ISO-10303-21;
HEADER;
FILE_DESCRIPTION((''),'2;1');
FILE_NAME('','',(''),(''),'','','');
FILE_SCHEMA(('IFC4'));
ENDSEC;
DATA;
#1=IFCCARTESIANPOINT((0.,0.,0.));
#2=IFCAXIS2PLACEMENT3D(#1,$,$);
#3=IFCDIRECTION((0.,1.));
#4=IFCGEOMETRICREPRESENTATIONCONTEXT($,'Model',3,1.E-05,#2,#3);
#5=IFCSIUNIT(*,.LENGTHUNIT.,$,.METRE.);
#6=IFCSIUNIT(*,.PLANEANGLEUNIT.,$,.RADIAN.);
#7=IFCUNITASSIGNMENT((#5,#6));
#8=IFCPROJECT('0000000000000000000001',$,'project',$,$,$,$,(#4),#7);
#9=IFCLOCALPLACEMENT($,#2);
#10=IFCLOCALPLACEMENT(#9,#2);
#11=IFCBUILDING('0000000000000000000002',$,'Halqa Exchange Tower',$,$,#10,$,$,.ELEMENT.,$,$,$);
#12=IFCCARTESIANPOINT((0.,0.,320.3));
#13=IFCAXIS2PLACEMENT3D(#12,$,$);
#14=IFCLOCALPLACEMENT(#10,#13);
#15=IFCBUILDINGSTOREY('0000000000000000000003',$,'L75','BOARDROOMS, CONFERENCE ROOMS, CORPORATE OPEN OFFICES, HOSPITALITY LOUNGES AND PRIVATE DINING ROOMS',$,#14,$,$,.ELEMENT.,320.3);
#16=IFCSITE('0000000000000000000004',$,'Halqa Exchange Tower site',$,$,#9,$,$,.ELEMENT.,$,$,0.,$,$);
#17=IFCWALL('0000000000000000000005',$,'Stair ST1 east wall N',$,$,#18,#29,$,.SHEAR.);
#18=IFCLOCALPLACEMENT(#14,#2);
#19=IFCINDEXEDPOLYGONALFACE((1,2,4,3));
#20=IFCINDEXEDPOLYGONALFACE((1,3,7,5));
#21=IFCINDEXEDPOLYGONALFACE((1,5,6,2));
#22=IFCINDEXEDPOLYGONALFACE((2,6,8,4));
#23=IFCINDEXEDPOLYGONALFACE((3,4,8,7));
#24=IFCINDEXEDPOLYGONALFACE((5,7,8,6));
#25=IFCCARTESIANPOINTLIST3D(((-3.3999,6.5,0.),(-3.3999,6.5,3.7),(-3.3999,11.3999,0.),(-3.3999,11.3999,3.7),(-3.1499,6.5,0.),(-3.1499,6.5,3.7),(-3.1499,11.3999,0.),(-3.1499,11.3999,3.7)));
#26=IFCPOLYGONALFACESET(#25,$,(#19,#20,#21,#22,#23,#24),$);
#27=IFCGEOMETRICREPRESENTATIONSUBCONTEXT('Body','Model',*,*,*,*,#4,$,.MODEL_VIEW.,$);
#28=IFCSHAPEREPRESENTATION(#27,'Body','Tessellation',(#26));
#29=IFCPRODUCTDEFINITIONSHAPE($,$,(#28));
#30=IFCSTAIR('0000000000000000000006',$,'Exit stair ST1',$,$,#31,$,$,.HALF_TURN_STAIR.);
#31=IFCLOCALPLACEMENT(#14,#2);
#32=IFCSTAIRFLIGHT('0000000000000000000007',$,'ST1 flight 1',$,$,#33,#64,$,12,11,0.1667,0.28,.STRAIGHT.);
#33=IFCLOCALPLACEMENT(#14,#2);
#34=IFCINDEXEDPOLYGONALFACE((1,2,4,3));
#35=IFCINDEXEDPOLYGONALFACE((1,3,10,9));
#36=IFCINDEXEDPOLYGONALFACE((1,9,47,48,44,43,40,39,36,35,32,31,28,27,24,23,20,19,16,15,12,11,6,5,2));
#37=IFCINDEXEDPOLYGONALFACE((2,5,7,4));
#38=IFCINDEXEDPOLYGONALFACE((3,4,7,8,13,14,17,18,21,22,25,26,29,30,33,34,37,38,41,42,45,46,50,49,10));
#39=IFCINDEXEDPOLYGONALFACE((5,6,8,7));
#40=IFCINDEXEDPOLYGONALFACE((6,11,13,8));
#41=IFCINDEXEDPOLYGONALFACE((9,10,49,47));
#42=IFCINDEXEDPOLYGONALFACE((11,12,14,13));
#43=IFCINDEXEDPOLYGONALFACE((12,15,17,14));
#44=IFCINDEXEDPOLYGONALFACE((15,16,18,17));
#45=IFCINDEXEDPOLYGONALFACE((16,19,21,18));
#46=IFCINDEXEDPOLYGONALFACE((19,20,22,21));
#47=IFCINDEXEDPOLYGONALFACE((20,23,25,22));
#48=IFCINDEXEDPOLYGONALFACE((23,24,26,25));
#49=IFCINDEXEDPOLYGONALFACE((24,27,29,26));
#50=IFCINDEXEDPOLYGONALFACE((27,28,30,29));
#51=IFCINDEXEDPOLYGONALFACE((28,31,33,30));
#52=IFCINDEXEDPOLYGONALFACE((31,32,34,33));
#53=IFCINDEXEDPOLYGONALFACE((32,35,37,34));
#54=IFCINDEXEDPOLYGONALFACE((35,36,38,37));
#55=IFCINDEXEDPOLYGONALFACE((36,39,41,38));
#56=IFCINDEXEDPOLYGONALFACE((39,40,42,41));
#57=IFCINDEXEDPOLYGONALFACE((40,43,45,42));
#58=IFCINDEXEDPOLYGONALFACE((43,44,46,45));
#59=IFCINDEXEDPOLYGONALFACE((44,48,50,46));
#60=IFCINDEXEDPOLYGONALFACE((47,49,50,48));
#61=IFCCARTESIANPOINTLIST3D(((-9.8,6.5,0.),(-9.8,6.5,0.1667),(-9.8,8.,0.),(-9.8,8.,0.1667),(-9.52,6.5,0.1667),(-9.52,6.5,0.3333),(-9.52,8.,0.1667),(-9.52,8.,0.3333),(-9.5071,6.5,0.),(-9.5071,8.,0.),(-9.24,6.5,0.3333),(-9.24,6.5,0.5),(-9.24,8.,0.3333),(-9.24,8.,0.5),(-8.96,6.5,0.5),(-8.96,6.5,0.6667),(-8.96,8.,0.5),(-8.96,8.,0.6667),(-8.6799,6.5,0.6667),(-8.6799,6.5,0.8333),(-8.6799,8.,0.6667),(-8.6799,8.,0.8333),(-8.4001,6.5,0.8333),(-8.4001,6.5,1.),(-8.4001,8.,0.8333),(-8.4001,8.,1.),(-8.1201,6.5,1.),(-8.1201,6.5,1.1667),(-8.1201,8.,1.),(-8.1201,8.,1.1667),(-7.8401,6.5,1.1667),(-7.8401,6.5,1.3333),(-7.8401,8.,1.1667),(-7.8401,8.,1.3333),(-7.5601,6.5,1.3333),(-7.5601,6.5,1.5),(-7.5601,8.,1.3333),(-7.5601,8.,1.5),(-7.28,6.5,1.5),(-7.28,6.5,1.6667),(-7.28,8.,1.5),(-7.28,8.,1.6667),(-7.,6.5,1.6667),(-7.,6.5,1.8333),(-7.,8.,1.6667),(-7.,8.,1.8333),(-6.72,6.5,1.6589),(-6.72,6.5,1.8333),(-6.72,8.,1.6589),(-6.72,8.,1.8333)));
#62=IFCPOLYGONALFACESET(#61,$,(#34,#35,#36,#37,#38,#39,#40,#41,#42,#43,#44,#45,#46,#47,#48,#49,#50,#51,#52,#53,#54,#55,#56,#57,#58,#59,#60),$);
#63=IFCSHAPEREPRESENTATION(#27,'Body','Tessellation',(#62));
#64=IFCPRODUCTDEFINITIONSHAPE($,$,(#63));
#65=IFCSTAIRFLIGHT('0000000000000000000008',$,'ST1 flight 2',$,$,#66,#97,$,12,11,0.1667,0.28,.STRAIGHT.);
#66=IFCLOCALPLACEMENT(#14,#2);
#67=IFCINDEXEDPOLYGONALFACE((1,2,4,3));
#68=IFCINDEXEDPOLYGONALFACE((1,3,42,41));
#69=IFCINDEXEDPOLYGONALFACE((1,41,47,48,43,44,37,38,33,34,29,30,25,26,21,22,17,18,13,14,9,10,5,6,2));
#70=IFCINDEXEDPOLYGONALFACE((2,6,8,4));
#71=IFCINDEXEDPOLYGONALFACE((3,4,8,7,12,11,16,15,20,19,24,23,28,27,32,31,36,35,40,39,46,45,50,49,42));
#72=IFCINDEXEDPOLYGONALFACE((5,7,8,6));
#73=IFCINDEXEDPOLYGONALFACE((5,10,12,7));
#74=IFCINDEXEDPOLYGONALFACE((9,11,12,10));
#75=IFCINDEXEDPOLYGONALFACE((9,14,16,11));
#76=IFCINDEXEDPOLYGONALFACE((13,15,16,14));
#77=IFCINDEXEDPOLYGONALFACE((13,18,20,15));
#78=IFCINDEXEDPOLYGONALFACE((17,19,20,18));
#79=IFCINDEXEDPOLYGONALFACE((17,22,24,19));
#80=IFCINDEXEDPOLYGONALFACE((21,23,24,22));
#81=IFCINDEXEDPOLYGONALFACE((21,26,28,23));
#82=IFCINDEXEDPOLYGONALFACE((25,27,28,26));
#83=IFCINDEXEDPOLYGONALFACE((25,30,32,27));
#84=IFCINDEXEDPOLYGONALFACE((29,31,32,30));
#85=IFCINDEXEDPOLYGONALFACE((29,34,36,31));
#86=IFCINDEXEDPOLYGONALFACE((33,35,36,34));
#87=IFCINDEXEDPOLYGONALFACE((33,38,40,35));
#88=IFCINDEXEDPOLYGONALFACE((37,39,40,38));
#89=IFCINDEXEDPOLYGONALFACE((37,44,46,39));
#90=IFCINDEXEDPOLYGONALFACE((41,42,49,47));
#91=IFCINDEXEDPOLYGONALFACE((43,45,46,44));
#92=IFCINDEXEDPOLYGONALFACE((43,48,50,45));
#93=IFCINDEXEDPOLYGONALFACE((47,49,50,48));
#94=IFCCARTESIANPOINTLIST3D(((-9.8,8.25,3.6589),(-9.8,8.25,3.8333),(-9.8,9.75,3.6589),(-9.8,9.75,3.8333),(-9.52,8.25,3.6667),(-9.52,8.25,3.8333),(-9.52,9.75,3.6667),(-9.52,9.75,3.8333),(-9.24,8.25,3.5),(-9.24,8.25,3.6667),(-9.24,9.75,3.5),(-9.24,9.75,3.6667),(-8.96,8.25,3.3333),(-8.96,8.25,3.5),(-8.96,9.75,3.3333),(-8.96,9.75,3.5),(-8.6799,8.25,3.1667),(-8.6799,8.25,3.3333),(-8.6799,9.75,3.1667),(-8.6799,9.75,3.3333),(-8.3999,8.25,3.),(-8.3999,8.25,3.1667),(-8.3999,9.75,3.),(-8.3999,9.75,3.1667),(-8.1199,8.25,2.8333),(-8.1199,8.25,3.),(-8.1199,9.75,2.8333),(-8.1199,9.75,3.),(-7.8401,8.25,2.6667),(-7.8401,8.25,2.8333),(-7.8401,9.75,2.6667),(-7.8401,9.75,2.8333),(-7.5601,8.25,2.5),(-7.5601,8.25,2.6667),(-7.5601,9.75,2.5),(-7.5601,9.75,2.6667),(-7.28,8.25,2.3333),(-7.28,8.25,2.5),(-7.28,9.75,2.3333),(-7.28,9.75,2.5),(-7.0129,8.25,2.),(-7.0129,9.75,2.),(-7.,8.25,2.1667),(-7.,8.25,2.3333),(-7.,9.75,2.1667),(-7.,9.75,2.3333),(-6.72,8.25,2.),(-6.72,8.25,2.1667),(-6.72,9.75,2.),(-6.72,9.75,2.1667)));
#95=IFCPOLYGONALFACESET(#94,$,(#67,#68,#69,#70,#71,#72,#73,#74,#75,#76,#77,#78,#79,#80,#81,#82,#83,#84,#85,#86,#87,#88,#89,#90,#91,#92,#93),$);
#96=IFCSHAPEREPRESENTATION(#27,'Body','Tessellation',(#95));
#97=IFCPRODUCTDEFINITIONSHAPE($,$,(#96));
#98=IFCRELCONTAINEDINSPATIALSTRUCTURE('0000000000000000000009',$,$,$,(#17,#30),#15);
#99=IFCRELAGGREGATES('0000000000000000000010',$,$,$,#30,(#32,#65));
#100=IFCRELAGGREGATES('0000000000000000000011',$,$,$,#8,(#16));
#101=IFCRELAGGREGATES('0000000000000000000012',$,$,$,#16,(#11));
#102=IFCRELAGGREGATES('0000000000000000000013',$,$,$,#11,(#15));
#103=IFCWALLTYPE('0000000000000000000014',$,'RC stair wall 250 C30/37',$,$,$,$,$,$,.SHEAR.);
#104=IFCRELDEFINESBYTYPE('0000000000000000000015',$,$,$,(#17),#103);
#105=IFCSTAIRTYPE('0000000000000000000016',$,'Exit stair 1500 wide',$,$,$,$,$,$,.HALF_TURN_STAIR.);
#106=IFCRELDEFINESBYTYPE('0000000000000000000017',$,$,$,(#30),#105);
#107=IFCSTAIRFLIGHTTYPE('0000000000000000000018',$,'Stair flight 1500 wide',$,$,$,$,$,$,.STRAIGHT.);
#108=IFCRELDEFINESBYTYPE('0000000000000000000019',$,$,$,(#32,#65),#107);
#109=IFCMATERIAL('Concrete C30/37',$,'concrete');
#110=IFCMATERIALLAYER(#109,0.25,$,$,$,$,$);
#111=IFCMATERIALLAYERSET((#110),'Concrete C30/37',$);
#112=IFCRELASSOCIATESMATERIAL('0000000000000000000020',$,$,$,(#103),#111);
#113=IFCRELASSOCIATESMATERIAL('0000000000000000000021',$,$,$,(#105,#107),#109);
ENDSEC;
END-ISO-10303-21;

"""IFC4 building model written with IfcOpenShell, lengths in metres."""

from ifc_helpers import new_model, si_unit, direction, frame, frame_2d, origin, place, context, subcontext, project, spatial, polyline, rectangle, outline, extrude, material, layer, layer_set, type_object, element, aggregate, save


model = new_model("IFC4")

# Units and contexts
model_context = context("Model", 3, precision=1e-05, world=origin(), true_north=direction((0.0, 1.0)))
body_context = subcontext(model_context, "Body", "Model", "MODEL_VIEW")
ifc_project = project(units=[si_unit("LENGTHUNIT", "METRE"), si_unit("PLANEANGLEUNIT", "RADIAN")], contexts=[model_context])

# Site, building, storey
site_placement = place(None, origin())
site = spatial("IfcSite", under=ifc_project, at=site_placement, Name="Halqa Exchange Tower site", CompositionType="ELEMENT", RefElevation=0.0)
building_placement = place(site_placement, origin())
building = spatial("IfcBuilding", under=site, at=building_placement, Name="Halqa Exchange Tower", CompositionType="ELEMENT")
storey_placement = place(building_placement, frame((0.0, 0.0, 320.3)))
storey = spatial("IfcBuildingStorey", under=building, at=storey_placement, Name="L75", Description="BOARDROOMS, CONFERENCE ROOMS, CORPORATE OPEN OFFICES, HOSPITALITY LOUNGES AND PRIVATE DINING ROOMS", CompositionType="ELEMENT", Elevation=320.3)

# Wall
ifc_material_1 = material(Name="Concrete C30/37", Category="concrete")
ifc_layer_1 = layer(ifc_material_1, 0.25)
ifc_layer_set_1 = layer_set([ifc_layer_1], Name="Concrete C30/37")
wall_type_1 = type_object("IfcWallType", Name="RC stair wall 250 C30/37", PredefinedType="SHEAR", material=ifc_layer_set_1)
wall_1_placement = place(storey_placement, frame((-3.2749, 6.5, 0.0), z_axis=(0.0, 0.0, 1.0), x_axis=(0.0, 1.0, 0.0)))
element("IfcWall", 1, at=wall_1_placement, inside=storey, type_object=wall_type_1, Name="Stair ST1 east wall N", PredefinedType="SHEAR", context=body_context, shape_type="SweptSolid", body=[
    extrude(rectangle(XDim=4.8999, YDim=0.25, at=frame_2d((2.45, 0.0))), origin(), (0.0, 0.0, 1.0), 3.7),
])

# Stair, stair flights
stair_type = type_object("IfcStairType", Name="Exit stair 1500 wide", PredefinedType="HALF_TURN_STAIR", material=ifc_material_1)
stair_placement = place(storey_placement, origin())
stair = element("IfcStair", 2, at=stair_placement, inside=storey, type_object=stair_type, Name="Exit stair ST1", PredefinedType="HALF_TURN_STAIR")
stair_flight_type = type_object("IfcStairFlightType", Name="Stair flight 1500 wide", PredefinedType="STRAIGHT", material=ifc_material_1)
stair_flight_1_placement = place(storey_placement, frame((-9.8, 7.25, 0.0), z_axis=(0.0, 0.0, 1.0), x_axis=(1.0, 0.0, 0.0)))
stair_flight_1 = element("IfcStairFlight", 3, at=stair_flight_1_placement, type_object=stair_flight_type, Name="ST1 flight 1", NumberOfRisers=12, NumberOfTreads=11, PredefinedType="STRAIGHT", RiserHeight=0.1667, TreadLength=0.28, context=body_context, shape_type="SweptSolid", body=[
    extrude(outline(polyline([(0.0, 0.0), (0.0, 0.1667), (0.28, 0.1667), (0.28, 0.3333), (0.5601, 0.3333), (0.5601, 0.5), (0.8401, 0.5), (0.8401, 0.6667), (1.1201, 0.6667), (1.1201, 0.8333), (1.3999, 0.8333), (1.3999, 1.0), (1.6799, 1.0), (1.6799, 1.1667), (1.96, 1.1667), (1.96, 1.3333), (2.24, 1.3333), (2.24, 1.5), (2.52, 1.5), (2.52, 1.6667), (2.8, 1.6667), (2.8, 1.8333), (3.0801, 1.8333), (3.0801, 2.0), (3.0801, 1.6589), (0.293, 0.0), (0.0, 0.0)])), frame((0.0, 0.75, 0.0), z_axis=(0.0, -1.0, 0.0), x_axis=(1.0, 0.0, 0.0)), (0.0, 0.0, 1.0), 1.5),
])
stair_flight_2_placement = place(storey_placement, frame((-6.72, 9.0, 2.0), z_axis=(0.0, 0.0, 1.0), x_axis=(-1.0, 0.0, 0.0)))
stair_flight_2 = element("IfcStairFlight", 4, at=stair_flight_2_placement, type_object=stair_flight_type, Name="ST1 flight 2", NumberOfRisers=12, NumberOfTreads=11, PredefinedType="STRAIGHT", RiserHeight=0.1667, TreadLength=0.28, context=body_context, shape_type="SweptSolid", body=[
    extrude(outline(polyline([(0.0, 0.0), (0.0, 0.1667), (0.28, 0.1667), (0.28, 0.3333), (0.5601, 0.3333), (0.5601, 0.5), (0.8401, 0.5), (0.8401, 0.6667), (1.1201, 0.6667), (1.1201, 0.8333), (1.3999, 0.8333), (1.3999, 1.0), (1.6799, 1.0), (1.6799, 1.1667), (1.96, 1.1667), (1.96, 1.3333), (2.24, 1.3333), (2.24, 1.5), (2.52, 1.5), (2.52, 1.6667), (2.8, 1.6667), (2.8, 1.8333), (3.0801, 1.8333), (3.0801, 2.0), (3.0801, 1.6589), (0.293, 0.0), (0.0, 0.0)])), frame((0.0, 0.75, 0.0), z_axis=(0.0, -1.0, 0.0), x_axis=(1.0, 0.0, 0.0)), (0.0, 0.0, 1.0), 1.5),
])
aggregate(stair, [stair_flight_1, stair_flight_2])

save(model, "model.ifc")
